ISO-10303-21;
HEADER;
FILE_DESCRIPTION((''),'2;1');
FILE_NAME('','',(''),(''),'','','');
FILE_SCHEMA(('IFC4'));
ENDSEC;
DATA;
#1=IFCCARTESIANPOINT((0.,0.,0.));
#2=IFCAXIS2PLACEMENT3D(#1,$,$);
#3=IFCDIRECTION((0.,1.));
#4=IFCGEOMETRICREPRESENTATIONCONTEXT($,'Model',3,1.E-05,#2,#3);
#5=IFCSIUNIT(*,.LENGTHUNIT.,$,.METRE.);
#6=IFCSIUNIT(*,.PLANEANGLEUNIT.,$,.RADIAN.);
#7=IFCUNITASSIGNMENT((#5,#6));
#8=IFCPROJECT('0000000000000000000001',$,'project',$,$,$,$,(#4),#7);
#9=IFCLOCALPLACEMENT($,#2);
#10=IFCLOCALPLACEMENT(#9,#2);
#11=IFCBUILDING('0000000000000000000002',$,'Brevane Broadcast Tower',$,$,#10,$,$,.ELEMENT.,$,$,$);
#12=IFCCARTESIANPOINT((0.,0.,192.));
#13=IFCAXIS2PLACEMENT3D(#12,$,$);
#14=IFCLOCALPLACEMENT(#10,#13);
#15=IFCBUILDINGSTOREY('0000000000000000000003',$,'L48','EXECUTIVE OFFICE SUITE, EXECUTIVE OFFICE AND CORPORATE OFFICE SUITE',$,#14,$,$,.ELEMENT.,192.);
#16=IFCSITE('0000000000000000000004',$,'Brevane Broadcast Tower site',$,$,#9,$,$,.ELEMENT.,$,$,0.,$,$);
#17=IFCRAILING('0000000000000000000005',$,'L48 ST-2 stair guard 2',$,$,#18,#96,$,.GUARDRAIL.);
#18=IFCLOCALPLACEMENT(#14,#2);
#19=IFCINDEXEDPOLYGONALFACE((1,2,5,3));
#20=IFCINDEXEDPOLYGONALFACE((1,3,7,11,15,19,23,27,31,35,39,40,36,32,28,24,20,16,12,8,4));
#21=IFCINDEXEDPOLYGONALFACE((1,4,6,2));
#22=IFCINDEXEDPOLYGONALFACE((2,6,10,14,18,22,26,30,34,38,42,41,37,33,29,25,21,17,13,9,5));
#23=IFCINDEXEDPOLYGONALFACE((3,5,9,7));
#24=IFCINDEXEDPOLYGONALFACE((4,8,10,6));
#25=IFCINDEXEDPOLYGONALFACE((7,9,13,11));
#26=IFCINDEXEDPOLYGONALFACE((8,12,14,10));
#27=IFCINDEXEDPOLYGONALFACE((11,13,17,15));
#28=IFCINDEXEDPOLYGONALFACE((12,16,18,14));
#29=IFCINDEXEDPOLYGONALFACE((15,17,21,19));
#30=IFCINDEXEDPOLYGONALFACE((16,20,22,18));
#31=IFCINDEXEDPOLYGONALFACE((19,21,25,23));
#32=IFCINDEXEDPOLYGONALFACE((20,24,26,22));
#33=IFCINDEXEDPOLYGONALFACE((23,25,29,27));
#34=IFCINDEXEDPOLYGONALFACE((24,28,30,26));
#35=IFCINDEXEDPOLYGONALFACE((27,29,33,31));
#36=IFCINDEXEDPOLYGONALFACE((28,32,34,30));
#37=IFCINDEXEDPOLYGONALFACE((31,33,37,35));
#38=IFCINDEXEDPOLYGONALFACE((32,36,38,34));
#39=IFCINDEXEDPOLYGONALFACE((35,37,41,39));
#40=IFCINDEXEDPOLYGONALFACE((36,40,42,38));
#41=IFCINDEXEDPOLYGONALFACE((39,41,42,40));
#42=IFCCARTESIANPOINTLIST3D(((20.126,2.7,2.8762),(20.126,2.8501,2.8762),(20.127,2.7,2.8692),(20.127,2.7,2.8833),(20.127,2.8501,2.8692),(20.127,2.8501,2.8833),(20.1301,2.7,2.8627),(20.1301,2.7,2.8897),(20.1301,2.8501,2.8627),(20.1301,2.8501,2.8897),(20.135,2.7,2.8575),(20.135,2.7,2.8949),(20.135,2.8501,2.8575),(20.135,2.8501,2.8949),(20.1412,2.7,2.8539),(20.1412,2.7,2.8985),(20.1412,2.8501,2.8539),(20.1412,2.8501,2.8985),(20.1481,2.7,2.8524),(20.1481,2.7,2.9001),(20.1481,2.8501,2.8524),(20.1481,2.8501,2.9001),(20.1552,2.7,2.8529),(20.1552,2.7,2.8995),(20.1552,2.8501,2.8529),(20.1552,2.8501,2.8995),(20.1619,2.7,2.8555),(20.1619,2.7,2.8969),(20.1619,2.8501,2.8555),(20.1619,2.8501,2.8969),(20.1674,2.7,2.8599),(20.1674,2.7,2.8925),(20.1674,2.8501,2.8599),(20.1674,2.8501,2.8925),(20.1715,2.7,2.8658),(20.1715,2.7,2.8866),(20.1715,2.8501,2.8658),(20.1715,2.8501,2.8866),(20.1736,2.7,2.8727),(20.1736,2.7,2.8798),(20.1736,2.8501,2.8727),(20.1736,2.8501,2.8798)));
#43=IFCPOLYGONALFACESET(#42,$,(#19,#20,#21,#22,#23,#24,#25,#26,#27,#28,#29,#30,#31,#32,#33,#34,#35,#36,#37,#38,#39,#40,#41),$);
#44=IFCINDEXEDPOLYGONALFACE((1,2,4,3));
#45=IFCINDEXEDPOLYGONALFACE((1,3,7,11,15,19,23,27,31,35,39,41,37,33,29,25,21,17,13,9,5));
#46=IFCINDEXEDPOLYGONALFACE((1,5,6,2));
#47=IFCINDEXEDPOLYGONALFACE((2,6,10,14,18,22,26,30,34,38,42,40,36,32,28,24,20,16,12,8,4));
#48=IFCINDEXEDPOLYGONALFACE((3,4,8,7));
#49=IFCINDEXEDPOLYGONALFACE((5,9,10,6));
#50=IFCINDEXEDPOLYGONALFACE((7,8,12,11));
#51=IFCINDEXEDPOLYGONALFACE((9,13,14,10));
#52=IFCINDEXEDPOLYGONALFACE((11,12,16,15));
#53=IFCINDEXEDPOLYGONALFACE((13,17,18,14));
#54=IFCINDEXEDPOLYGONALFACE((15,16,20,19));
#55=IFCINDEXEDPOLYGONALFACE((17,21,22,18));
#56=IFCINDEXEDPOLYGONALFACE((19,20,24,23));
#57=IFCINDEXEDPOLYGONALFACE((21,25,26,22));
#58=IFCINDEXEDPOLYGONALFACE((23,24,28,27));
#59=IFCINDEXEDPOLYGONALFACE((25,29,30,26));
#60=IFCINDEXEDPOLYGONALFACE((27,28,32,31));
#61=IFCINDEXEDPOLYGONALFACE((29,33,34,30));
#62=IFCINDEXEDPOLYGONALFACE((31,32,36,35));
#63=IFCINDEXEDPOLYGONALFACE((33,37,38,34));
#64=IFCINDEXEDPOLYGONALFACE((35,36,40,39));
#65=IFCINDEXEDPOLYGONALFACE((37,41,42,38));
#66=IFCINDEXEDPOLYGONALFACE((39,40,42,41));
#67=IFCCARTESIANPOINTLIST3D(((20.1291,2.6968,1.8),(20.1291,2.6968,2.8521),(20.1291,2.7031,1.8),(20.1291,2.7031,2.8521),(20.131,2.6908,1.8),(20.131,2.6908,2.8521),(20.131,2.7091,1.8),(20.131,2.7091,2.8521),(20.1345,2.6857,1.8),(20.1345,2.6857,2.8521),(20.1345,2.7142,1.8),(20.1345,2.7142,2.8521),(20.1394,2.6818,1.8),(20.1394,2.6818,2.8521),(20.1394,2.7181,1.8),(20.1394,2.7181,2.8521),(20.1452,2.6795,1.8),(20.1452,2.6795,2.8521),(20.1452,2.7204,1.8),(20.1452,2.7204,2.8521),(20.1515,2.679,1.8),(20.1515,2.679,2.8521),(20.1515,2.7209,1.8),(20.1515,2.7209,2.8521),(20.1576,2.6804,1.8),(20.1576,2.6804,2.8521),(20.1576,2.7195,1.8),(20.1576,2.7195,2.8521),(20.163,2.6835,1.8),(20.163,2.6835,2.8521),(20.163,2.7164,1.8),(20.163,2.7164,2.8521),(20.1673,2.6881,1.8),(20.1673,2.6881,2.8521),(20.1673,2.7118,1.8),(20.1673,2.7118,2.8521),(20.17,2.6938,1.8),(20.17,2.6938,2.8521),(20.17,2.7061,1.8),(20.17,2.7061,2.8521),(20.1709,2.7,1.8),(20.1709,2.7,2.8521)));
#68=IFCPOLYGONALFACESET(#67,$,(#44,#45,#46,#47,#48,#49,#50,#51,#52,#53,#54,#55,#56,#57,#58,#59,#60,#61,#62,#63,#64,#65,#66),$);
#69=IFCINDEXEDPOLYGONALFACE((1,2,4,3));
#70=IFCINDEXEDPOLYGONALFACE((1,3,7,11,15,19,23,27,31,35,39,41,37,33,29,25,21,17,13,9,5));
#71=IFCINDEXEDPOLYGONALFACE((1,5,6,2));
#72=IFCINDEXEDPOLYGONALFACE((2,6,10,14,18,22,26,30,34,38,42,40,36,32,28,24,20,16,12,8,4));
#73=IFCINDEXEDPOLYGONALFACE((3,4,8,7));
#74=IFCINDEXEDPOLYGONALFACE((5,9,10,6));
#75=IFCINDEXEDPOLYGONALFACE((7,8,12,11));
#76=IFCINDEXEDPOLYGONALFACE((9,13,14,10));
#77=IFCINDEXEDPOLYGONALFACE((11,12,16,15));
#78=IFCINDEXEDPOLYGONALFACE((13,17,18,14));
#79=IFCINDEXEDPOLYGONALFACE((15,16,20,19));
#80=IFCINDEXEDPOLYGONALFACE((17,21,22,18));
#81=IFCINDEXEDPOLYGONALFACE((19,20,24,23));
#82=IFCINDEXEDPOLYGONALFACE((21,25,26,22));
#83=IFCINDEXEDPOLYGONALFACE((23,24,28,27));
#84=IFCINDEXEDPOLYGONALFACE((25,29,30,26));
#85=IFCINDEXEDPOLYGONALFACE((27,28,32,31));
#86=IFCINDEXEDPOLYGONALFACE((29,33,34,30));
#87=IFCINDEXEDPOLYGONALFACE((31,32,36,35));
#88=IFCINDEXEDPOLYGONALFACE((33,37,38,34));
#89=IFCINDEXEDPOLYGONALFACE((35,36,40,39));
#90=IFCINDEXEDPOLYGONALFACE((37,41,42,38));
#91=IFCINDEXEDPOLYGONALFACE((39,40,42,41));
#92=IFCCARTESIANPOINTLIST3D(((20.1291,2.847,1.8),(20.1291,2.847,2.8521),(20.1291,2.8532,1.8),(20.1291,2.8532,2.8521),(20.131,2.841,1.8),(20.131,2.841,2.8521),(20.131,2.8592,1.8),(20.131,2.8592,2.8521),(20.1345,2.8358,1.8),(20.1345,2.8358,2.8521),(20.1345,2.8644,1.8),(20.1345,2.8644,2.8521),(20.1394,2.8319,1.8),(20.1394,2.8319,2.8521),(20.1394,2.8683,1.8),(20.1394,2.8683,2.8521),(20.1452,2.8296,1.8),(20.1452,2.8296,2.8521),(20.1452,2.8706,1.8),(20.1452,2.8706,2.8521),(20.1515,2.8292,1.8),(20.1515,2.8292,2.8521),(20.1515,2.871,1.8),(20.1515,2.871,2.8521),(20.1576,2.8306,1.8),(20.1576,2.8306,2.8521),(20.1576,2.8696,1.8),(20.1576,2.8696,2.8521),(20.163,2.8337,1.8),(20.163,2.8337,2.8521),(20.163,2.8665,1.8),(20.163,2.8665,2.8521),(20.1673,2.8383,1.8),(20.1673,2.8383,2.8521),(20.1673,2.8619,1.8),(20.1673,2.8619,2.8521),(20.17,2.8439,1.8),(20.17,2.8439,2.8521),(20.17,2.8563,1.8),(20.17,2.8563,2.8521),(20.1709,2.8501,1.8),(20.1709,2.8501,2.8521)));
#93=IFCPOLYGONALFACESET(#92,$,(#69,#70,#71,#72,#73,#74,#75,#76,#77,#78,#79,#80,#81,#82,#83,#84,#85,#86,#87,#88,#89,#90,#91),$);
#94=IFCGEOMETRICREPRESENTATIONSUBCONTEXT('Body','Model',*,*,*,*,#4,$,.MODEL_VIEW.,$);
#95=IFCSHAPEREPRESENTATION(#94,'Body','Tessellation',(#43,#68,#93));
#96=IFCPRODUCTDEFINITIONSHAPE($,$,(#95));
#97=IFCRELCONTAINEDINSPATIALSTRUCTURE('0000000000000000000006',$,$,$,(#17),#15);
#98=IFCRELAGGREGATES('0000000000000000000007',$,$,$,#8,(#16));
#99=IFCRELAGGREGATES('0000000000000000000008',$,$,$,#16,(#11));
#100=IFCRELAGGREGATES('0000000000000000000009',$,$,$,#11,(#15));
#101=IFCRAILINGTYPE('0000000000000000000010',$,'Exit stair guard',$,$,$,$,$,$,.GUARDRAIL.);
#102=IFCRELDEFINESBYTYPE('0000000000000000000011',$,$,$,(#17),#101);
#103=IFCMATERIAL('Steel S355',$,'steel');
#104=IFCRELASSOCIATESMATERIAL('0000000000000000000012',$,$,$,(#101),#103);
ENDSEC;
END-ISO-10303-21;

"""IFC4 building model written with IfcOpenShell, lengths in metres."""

from ifc_helpers import new_model, si_unit, direction, frame, origin, origin_2d, place, context, subcontext, project, spatial, circle, extrude, material, type_object, element, save


model = new_model("IFC4")

# Units and contexts
model_context = context("Model", 3, precision=1e-05, world=origin(), true_north=direction((0.0, 1.0)))
body_context = subcontext(model_context, "Body", "Model", "MODEL_VIEW")
ifc_project = project(units=[si_unit("LENGTHUNIT", "METRE"), si_unit("PLANEANGLEUNIT", "RADIAN")], contexts=[model_context])

# Site, building, storey
site_placement = place(None, origin())
site = spatial("IfcSite", under=ifc_project, at=site_placement, Name="Brevane Broadcast Tower site", CompositionType="ELEMENT", RefElevation=0.0)
building_placement = place(site_placement, origin())
building = spatial("IfcBuilding", under=site, at=building_placement, Name="Brevane Broadcast Tower", CompositionType="ELEMENT")
storey_placement = place(building_placement, frame((0.0, 0.0, 192.0)))
storey = spatial("IfcBuildingStorey", under=building, at=storey_placement, Name="L48", Description="EXECUTIVE OFFICE SUITE, EXECUTIVE OFFICE AND CORPORATE OFFICE SUITE", CompositionType="ELEMENT", Elevation=192.0)

# Railing
ifc_material_1 = material(Name="Steel S355", Category="steel")
railing_type_1 = type_object("IfcRailingType", Name="Exit stair guard", PredefinedType="GUARDRAIL", material=ifc_material_1)
railing_1_placement = place(storey_placement, frame((20.1499, 2.7, 1.8)))
element("IfcRailing", 1, at=railing_1_placement, inside=storey, type_object=railing_type_1, Name="L48 ST-2 stair guard 2", PredefinedType="GUARDRAIL", context=body_context, shape_type="SweptSolid", body=[
    extrude(circle(Radius=0.0239, at=origin_2d()), frame((0.0, 0.0, 1.0762), z_axis=(0.0, 1.0, 0.0), x_axis=(-1.0, 0.0, 0.0)), (0.0, 0.0, 1.0), 0.1501),
    extrude(circle(Radius=0.021, at=origin_2d()), origin(), (0.0, 0.0, 1.0), 1.052),
    extrude(circle(Radius=0.021, at=origin_2d()), frame((0.0, 0.1501, 0.0)), (0.0, 0.0, 1.0), 1.052),
])

save(model, "model.ifc")
